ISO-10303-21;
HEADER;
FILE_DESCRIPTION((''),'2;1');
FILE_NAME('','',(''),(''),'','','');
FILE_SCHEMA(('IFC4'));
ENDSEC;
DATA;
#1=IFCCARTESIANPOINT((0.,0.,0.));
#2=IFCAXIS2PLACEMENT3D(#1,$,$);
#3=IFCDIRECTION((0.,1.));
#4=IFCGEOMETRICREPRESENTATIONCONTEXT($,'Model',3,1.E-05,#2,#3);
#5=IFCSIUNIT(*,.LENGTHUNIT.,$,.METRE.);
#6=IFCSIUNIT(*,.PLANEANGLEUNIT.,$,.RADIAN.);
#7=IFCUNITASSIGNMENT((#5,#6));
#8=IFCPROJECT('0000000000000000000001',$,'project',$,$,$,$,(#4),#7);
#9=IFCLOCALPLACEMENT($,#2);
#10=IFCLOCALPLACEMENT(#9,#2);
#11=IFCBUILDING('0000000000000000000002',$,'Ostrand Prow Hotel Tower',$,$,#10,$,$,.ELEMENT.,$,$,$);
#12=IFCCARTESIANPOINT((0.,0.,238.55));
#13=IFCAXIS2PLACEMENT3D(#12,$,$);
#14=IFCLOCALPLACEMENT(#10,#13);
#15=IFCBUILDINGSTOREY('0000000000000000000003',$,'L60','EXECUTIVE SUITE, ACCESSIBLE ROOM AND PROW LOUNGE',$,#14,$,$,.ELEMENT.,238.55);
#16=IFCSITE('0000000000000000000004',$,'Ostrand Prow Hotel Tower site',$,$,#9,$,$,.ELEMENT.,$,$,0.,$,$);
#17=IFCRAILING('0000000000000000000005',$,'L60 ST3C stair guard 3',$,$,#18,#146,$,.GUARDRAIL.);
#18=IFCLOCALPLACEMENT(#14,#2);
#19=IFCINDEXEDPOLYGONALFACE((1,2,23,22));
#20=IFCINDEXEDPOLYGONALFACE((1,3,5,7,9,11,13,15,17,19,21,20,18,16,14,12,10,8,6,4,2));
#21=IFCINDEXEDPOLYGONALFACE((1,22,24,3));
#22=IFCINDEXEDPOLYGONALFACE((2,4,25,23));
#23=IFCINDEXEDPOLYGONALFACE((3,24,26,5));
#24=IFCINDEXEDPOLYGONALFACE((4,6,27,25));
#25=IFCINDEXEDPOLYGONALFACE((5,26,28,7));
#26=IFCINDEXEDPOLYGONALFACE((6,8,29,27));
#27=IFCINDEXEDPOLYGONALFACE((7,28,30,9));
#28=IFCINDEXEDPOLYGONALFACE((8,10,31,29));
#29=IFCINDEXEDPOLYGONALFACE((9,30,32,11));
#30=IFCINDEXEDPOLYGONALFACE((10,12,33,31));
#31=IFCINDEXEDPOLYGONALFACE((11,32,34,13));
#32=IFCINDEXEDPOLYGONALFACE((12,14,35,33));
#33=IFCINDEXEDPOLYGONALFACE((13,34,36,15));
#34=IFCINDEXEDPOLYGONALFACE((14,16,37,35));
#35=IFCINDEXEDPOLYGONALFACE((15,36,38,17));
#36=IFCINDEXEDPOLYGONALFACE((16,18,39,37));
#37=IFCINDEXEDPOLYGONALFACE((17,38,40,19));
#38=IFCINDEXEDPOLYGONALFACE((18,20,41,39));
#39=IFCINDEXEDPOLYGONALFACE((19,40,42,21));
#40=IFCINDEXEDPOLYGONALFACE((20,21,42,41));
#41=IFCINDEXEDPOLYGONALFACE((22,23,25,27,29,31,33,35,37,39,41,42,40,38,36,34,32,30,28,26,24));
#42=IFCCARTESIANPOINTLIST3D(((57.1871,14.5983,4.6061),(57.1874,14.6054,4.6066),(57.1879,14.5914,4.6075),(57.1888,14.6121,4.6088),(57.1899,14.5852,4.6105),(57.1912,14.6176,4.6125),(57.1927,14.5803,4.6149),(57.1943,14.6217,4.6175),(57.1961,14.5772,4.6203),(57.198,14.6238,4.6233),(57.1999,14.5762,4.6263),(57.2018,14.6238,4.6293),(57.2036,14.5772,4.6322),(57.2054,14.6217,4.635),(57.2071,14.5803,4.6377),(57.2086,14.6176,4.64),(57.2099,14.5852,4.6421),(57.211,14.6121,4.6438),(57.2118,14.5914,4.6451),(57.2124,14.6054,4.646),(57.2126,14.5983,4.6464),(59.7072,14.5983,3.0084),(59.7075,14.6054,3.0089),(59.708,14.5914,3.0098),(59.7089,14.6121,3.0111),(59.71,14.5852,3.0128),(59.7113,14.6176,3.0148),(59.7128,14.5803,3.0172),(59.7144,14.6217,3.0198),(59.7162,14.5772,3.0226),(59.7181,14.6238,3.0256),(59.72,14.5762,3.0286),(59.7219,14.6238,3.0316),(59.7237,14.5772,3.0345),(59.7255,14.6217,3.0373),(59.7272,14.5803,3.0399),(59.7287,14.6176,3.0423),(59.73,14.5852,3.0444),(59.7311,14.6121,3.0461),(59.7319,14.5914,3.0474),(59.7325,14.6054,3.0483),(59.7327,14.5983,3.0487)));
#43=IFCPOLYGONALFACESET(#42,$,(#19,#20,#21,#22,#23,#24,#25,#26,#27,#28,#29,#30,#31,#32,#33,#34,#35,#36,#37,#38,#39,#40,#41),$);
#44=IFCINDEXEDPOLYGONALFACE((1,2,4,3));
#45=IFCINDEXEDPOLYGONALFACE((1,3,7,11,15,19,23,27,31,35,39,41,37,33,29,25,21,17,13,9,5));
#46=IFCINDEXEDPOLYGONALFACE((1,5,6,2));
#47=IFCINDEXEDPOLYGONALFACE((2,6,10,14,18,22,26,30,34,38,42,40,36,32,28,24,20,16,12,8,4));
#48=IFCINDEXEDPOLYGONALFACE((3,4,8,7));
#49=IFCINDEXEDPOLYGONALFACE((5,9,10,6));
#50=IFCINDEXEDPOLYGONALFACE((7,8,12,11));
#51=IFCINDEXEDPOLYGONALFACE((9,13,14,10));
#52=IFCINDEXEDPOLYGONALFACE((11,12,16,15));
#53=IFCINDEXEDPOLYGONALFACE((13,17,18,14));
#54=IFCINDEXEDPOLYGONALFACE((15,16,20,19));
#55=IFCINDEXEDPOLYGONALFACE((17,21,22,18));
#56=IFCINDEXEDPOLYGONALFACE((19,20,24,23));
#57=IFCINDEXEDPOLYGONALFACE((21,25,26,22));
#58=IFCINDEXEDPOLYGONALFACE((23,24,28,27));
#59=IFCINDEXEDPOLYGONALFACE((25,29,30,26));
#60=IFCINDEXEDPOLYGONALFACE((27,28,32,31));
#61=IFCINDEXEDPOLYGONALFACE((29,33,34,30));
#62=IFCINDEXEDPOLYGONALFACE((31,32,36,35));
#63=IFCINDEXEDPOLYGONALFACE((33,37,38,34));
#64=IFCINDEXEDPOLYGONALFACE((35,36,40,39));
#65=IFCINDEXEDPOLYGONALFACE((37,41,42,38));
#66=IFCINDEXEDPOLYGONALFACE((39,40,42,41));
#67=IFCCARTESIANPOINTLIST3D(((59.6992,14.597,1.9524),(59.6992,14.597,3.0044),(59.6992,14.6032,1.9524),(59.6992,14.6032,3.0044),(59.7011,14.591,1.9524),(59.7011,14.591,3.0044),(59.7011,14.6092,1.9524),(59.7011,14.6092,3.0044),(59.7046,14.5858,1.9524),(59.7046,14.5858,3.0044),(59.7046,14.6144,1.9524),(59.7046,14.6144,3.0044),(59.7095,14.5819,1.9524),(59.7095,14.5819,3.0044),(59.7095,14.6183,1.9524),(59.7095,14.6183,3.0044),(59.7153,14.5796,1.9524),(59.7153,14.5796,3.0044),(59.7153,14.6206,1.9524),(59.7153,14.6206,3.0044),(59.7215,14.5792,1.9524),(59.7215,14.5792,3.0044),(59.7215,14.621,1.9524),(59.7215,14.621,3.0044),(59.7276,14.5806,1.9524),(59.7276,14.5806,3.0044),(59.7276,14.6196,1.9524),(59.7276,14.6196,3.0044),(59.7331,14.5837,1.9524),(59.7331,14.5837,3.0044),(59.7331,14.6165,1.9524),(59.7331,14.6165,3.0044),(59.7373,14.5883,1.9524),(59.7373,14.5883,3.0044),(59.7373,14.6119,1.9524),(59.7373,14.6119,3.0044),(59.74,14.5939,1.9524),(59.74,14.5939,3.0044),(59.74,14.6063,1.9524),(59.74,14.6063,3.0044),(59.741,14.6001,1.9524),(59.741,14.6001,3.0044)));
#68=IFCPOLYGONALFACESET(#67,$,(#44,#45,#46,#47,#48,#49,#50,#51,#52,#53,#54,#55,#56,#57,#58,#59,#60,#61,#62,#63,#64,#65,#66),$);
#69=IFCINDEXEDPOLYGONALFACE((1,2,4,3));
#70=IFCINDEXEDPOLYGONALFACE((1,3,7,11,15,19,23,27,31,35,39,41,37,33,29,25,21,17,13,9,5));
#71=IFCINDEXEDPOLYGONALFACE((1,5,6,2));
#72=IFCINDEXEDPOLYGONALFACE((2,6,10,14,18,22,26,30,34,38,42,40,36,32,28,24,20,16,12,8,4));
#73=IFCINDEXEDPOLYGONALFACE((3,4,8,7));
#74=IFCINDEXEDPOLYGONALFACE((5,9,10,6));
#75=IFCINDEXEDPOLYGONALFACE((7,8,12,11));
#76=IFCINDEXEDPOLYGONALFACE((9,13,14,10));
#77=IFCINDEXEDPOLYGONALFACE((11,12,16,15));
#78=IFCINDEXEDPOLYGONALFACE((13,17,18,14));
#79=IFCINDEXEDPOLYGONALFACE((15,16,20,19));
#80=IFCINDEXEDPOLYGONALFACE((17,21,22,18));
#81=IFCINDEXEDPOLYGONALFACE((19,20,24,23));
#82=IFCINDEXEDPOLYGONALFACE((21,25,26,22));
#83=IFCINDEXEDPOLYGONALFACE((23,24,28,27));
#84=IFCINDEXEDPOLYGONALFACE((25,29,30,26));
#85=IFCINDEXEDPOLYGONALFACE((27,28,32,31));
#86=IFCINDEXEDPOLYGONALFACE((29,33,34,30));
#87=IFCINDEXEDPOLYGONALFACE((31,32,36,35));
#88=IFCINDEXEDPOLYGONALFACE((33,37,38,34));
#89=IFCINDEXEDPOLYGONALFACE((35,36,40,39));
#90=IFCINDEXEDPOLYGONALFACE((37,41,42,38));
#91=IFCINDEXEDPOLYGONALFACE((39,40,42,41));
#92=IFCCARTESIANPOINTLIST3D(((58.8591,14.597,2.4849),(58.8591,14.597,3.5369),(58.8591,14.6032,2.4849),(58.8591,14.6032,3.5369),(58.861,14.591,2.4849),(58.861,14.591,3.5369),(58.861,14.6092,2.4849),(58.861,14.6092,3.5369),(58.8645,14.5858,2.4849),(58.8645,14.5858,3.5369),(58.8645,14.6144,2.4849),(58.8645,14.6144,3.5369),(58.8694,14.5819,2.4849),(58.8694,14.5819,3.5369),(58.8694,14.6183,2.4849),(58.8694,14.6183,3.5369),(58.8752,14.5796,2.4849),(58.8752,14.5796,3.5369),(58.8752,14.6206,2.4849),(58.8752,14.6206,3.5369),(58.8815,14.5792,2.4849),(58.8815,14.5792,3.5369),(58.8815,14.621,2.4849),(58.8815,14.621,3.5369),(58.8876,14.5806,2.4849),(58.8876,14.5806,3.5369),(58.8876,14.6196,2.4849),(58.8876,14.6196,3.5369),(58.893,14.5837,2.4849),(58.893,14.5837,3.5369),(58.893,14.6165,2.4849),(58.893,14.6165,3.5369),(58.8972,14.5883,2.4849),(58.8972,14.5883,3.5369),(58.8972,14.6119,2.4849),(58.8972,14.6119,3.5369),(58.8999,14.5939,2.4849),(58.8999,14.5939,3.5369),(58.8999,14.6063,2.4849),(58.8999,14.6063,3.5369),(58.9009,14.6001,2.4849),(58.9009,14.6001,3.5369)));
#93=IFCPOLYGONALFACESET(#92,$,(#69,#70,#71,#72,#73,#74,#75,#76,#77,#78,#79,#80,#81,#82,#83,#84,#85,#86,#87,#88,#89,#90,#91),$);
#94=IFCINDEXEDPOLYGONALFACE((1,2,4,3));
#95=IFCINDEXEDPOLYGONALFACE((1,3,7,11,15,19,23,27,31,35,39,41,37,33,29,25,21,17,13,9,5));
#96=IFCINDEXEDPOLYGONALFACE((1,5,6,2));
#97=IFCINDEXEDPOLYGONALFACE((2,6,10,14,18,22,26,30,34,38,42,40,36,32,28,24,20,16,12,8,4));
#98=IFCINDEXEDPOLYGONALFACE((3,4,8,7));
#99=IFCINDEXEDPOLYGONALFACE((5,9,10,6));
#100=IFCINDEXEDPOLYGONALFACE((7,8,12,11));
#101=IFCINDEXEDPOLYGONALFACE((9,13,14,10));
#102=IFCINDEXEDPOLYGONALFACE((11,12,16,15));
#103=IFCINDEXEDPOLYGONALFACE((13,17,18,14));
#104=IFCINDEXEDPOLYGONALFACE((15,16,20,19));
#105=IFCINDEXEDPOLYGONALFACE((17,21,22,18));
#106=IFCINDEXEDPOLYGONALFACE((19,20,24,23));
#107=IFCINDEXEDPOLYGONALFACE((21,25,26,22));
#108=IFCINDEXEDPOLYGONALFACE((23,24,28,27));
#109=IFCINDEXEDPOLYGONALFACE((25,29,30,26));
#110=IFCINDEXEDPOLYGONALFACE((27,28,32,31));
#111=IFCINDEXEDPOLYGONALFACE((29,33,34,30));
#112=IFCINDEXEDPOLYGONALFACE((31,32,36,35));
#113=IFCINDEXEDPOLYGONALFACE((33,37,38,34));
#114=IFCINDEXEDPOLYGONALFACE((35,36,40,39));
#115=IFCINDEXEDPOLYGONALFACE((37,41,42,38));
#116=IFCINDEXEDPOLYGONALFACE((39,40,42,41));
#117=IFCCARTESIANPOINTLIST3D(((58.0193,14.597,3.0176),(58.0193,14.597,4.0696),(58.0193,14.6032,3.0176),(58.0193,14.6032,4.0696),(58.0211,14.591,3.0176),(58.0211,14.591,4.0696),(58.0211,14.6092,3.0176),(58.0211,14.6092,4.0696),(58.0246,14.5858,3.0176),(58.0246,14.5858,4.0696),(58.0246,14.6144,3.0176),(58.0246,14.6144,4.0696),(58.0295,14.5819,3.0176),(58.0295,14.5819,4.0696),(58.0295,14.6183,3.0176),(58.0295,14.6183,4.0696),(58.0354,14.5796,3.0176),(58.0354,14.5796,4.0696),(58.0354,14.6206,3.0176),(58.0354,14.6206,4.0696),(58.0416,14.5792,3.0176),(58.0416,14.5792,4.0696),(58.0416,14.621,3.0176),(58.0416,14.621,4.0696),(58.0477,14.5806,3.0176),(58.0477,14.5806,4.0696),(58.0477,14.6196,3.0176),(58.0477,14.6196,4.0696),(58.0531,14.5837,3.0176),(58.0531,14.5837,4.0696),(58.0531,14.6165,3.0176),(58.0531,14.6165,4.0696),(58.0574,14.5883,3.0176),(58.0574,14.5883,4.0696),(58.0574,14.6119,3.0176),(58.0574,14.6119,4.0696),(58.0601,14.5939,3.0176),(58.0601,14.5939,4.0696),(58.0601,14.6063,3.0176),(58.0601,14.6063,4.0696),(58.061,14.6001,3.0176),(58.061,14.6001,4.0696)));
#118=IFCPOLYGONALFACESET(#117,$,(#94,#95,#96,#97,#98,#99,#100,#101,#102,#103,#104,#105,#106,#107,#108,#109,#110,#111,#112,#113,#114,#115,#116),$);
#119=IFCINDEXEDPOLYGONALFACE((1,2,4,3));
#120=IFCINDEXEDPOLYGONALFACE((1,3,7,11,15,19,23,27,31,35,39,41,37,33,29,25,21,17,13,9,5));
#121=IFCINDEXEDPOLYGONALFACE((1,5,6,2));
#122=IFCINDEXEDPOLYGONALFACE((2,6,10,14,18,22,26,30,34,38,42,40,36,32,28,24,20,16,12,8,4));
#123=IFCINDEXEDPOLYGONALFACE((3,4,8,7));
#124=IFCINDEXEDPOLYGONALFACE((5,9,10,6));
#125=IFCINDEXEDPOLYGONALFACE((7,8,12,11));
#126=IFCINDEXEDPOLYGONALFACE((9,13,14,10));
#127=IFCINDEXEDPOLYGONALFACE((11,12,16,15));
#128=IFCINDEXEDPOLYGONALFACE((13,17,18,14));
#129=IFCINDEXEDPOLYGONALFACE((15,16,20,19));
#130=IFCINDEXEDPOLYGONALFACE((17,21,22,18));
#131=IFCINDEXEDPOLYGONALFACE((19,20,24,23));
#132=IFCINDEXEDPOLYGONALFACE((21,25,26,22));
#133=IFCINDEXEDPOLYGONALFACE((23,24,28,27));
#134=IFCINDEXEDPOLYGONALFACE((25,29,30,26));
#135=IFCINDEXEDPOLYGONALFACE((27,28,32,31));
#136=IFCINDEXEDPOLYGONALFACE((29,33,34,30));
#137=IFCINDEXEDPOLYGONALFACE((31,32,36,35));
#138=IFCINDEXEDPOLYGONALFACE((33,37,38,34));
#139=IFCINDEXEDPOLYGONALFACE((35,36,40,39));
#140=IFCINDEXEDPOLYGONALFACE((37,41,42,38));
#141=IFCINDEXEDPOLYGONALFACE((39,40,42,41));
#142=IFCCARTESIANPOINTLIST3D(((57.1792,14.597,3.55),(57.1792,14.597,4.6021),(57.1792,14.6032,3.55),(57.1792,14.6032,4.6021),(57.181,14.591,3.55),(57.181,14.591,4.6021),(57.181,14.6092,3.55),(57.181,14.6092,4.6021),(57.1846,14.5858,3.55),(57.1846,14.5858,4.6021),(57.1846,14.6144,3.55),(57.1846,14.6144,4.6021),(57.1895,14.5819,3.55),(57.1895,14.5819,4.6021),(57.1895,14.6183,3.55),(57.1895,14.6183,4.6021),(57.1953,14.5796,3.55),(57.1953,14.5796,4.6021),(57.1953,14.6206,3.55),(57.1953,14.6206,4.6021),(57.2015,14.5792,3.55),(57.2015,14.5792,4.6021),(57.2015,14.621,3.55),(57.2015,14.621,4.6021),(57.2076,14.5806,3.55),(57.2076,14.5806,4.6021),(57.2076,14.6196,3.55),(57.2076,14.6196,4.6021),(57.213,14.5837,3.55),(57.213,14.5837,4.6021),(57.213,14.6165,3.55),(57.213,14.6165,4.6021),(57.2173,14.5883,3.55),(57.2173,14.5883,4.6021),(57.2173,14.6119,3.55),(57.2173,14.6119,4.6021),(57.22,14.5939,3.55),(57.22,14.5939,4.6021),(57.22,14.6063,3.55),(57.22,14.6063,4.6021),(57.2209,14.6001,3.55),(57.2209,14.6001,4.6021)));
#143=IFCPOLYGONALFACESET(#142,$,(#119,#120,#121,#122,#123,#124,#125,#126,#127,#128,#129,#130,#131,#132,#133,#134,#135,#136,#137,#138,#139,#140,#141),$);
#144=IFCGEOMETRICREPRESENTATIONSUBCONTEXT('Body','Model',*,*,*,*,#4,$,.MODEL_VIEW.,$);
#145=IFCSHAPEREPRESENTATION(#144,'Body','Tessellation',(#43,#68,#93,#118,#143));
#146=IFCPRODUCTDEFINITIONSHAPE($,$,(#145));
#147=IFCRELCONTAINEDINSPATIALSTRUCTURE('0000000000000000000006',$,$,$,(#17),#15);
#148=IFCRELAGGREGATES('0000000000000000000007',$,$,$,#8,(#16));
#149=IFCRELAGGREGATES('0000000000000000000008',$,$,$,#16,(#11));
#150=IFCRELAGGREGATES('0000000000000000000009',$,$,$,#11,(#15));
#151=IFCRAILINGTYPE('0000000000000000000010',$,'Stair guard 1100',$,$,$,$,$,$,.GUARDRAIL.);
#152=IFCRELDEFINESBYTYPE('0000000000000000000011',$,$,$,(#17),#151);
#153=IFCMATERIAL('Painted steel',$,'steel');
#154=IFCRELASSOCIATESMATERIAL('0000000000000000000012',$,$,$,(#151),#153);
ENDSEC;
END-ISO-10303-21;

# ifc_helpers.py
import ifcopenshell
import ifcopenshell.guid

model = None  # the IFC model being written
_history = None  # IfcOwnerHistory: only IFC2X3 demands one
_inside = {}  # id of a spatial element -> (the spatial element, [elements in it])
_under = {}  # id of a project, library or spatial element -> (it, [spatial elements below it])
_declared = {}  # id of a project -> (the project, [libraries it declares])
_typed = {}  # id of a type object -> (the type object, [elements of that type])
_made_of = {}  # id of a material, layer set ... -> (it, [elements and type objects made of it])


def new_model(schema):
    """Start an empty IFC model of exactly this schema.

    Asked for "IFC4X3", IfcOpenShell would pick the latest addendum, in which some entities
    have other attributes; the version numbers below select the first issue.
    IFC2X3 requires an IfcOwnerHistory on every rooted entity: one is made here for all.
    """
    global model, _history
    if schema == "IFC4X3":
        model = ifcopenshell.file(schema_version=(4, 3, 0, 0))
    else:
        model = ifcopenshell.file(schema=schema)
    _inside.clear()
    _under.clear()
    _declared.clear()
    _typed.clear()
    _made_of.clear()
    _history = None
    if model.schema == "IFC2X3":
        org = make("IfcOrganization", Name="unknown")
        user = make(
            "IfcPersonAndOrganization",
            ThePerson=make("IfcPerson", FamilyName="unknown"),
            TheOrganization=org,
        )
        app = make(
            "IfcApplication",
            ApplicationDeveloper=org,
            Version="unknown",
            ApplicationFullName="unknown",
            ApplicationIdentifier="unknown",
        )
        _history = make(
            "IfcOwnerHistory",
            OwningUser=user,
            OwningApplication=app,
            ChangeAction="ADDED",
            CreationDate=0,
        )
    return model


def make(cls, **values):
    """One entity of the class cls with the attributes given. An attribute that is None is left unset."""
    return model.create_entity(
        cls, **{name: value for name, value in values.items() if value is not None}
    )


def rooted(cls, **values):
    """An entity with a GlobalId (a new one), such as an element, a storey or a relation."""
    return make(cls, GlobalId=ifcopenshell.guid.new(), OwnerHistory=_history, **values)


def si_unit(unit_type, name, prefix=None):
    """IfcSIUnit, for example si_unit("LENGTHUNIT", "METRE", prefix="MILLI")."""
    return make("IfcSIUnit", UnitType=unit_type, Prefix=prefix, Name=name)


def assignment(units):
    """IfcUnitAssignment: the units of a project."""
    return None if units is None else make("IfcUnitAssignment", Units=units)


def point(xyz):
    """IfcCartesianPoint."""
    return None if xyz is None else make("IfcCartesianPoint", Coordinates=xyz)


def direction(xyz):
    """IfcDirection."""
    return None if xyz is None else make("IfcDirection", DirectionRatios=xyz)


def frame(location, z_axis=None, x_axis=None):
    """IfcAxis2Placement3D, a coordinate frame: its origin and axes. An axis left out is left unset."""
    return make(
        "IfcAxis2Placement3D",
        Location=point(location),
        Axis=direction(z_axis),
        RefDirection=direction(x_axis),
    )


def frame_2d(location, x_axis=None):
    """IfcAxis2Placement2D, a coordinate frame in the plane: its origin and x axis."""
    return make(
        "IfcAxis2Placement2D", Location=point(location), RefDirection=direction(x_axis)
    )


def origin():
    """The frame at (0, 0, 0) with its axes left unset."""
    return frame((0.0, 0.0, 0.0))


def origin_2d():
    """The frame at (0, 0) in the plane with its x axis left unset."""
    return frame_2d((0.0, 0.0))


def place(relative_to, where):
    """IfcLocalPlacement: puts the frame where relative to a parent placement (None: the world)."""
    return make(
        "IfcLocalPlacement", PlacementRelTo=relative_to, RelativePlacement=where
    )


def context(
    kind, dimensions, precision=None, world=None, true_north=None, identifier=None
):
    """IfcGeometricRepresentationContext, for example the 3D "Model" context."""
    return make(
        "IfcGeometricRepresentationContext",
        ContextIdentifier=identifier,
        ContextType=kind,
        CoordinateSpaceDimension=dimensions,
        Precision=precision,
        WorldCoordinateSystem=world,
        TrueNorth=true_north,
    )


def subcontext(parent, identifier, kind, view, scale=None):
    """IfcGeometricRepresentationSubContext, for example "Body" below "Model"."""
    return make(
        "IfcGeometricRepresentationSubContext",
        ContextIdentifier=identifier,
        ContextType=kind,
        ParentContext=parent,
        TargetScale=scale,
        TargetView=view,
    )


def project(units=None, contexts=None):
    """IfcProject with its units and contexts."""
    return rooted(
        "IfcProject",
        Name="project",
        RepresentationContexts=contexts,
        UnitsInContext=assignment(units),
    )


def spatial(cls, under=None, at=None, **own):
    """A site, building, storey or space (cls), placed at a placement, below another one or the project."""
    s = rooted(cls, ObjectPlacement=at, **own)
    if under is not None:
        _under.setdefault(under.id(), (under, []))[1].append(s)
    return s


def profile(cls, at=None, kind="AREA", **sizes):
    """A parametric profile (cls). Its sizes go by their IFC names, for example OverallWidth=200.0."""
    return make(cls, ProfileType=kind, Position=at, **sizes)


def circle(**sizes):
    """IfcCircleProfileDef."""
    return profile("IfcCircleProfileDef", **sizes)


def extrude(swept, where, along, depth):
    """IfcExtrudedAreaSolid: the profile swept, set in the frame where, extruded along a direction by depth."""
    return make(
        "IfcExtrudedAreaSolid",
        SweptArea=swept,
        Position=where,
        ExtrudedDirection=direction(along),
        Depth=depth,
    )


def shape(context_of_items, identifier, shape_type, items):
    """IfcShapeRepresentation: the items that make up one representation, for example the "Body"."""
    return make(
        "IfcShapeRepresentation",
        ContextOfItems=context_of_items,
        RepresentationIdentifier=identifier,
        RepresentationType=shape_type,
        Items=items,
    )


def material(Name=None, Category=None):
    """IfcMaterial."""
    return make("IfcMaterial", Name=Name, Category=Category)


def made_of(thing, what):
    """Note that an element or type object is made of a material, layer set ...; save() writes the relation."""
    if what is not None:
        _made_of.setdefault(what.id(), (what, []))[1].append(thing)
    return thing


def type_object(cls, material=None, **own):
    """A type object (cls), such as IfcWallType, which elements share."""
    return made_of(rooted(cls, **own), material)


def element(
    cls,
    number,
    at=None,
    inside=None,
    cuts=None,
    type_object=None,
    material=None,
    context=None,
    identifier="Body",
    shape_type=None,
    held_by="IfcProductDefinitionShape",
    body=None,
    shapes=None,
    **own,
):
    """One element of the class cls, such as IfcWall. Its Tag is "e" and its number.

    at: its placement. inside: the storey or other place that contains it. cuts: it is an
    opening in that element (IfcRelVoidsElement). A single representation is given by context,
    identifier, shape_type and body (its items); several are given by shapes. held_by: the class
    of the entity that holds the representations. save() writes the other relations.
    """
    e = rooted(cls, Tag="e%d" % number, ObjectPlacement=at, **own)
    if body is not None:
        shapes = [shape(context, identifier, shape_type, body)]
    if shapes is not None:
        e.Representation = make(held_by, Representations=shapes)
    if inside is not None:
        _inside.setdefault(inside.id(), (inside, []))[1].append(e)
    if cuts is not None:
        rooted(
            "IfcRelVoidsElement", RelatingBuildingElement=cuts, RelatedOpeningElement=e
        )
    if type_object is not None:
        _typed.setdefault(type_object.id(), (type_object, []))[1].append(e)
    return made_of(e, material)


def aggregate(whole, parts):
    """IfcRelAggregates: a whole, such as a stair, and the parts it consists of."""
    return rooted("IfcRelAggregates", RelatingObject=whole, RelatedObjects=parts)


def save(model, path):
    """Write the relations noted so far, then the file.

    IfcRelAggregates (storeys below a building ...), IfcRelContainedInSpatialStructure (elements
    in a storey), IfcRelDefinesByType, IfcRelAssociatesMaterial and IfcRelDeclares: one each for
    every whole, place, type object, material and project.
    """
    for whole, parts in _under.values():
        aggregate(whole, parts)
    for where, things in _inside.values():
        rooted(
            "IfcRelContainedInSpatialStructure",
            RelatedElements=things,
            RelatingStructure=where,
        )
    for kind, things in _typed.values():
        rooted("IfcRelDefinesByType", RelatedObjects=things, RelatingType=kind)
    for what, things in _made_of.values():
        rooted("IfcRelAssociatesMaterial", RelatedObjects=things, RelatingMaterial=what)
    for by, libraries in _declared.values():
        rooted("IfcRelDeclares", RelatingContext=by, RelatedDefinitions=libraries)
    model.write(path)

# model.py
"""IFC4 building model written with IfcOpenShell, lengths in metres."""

from ifc_helpers import new_model, si_unit, direction, frame, origin, origin_2d, place, context, subcontext, project, spatial, circle, extrude, material, type_object, element, save


model = new_model("IFC4")

# Units and contexts
model_context = context("Model", 3, precision=1e-05, world=origin(), true_north=direction((0.0, 1.0)))
body_context = subcontext(model_context, "Body", "Model", "MODEL_VIEW")
ifc_project = project(units=[si_unit("LENGTHUNIT", "METRE"), si_unit("PLANEANGLEUNIT", "RADIAN")], contexts=[model_context])

# Site, building, storey
site_placement = place(None, origin())
site = spatial("IfcSite", under=ifc_project, at=site_placement, Name="Ostrand Prow Hotel Tower site", CompositionType="ELEMENT", RefElevation=0.0)
building_placement = place(site_placement, origin())
building = spatial("IfcBuilding", under=site, at=building_placement, Name="Ostrand Prow Hotel Tower", CompositionType="ELEMENT")
storey_placement = place(building_placement, frame((0.0, 0.0, 238.55)))
storey = spatial("IfcBuildingStorey", under=building, at=storey_placement, Name="L60", Description="EXECUTIVE SUITE, ACCESSIBLE ROOM AND PROW LOUNGE", CompositionType="ELEMENT", Elevation=238.55)

# Railing
ifc_material_1 = material(Name="Painted steel", Category="steel")
railing_type_1 = type_object("IfcRailingType", Name="Stair guard 1100", PredefinedType="GUARDRAIL", material=ifc_material_1)
railing_1_placement = place(storey_placement, frame((59.72, 14.6001, 1.9524)))
element("IfcRailing", 1, at=railing_1_placement, inside=storey, type_object=railing_type_1, Name="L60 ST3C stair guard 3", PredefinedType="GUARDRAIL", context=body_context, shape_type="SweptSolid", body=[
    extrude(circle(Radius=0.0239, at=origin_2d()), frame((0.0, 0.0, 1.0762), z_axis=(-0.84457, 0.0, 0.535445), x_axis=(0.0, -1.0, 0.0)), (0.0, 0.0, 1.0), 2.9839),
    extrude(circle(Radius=0.021, at=origin_2d()), origin(), (0.0, 0.0, 1.0), 1.052),
    extrude(circle(Radius=0.021, at=origin_2d()), frame((-0.8401, 0.0, 0.5325)), (0.0, 0.0, 1.0), 1.052),
    extrude(circle(Radius=0.021, at=origin_2d()), frame((-1.6799, 0.0, 1.0652)), (0.0, 0.0, 1.0), 1.052),
    extrude(circle(Radius=0.021, at=origin_2d()), frame((-2.52, 0.0, 1.5977)), (0.0, 0.0, 1.0), 1.052),
])

save(model, "model.ifc")
